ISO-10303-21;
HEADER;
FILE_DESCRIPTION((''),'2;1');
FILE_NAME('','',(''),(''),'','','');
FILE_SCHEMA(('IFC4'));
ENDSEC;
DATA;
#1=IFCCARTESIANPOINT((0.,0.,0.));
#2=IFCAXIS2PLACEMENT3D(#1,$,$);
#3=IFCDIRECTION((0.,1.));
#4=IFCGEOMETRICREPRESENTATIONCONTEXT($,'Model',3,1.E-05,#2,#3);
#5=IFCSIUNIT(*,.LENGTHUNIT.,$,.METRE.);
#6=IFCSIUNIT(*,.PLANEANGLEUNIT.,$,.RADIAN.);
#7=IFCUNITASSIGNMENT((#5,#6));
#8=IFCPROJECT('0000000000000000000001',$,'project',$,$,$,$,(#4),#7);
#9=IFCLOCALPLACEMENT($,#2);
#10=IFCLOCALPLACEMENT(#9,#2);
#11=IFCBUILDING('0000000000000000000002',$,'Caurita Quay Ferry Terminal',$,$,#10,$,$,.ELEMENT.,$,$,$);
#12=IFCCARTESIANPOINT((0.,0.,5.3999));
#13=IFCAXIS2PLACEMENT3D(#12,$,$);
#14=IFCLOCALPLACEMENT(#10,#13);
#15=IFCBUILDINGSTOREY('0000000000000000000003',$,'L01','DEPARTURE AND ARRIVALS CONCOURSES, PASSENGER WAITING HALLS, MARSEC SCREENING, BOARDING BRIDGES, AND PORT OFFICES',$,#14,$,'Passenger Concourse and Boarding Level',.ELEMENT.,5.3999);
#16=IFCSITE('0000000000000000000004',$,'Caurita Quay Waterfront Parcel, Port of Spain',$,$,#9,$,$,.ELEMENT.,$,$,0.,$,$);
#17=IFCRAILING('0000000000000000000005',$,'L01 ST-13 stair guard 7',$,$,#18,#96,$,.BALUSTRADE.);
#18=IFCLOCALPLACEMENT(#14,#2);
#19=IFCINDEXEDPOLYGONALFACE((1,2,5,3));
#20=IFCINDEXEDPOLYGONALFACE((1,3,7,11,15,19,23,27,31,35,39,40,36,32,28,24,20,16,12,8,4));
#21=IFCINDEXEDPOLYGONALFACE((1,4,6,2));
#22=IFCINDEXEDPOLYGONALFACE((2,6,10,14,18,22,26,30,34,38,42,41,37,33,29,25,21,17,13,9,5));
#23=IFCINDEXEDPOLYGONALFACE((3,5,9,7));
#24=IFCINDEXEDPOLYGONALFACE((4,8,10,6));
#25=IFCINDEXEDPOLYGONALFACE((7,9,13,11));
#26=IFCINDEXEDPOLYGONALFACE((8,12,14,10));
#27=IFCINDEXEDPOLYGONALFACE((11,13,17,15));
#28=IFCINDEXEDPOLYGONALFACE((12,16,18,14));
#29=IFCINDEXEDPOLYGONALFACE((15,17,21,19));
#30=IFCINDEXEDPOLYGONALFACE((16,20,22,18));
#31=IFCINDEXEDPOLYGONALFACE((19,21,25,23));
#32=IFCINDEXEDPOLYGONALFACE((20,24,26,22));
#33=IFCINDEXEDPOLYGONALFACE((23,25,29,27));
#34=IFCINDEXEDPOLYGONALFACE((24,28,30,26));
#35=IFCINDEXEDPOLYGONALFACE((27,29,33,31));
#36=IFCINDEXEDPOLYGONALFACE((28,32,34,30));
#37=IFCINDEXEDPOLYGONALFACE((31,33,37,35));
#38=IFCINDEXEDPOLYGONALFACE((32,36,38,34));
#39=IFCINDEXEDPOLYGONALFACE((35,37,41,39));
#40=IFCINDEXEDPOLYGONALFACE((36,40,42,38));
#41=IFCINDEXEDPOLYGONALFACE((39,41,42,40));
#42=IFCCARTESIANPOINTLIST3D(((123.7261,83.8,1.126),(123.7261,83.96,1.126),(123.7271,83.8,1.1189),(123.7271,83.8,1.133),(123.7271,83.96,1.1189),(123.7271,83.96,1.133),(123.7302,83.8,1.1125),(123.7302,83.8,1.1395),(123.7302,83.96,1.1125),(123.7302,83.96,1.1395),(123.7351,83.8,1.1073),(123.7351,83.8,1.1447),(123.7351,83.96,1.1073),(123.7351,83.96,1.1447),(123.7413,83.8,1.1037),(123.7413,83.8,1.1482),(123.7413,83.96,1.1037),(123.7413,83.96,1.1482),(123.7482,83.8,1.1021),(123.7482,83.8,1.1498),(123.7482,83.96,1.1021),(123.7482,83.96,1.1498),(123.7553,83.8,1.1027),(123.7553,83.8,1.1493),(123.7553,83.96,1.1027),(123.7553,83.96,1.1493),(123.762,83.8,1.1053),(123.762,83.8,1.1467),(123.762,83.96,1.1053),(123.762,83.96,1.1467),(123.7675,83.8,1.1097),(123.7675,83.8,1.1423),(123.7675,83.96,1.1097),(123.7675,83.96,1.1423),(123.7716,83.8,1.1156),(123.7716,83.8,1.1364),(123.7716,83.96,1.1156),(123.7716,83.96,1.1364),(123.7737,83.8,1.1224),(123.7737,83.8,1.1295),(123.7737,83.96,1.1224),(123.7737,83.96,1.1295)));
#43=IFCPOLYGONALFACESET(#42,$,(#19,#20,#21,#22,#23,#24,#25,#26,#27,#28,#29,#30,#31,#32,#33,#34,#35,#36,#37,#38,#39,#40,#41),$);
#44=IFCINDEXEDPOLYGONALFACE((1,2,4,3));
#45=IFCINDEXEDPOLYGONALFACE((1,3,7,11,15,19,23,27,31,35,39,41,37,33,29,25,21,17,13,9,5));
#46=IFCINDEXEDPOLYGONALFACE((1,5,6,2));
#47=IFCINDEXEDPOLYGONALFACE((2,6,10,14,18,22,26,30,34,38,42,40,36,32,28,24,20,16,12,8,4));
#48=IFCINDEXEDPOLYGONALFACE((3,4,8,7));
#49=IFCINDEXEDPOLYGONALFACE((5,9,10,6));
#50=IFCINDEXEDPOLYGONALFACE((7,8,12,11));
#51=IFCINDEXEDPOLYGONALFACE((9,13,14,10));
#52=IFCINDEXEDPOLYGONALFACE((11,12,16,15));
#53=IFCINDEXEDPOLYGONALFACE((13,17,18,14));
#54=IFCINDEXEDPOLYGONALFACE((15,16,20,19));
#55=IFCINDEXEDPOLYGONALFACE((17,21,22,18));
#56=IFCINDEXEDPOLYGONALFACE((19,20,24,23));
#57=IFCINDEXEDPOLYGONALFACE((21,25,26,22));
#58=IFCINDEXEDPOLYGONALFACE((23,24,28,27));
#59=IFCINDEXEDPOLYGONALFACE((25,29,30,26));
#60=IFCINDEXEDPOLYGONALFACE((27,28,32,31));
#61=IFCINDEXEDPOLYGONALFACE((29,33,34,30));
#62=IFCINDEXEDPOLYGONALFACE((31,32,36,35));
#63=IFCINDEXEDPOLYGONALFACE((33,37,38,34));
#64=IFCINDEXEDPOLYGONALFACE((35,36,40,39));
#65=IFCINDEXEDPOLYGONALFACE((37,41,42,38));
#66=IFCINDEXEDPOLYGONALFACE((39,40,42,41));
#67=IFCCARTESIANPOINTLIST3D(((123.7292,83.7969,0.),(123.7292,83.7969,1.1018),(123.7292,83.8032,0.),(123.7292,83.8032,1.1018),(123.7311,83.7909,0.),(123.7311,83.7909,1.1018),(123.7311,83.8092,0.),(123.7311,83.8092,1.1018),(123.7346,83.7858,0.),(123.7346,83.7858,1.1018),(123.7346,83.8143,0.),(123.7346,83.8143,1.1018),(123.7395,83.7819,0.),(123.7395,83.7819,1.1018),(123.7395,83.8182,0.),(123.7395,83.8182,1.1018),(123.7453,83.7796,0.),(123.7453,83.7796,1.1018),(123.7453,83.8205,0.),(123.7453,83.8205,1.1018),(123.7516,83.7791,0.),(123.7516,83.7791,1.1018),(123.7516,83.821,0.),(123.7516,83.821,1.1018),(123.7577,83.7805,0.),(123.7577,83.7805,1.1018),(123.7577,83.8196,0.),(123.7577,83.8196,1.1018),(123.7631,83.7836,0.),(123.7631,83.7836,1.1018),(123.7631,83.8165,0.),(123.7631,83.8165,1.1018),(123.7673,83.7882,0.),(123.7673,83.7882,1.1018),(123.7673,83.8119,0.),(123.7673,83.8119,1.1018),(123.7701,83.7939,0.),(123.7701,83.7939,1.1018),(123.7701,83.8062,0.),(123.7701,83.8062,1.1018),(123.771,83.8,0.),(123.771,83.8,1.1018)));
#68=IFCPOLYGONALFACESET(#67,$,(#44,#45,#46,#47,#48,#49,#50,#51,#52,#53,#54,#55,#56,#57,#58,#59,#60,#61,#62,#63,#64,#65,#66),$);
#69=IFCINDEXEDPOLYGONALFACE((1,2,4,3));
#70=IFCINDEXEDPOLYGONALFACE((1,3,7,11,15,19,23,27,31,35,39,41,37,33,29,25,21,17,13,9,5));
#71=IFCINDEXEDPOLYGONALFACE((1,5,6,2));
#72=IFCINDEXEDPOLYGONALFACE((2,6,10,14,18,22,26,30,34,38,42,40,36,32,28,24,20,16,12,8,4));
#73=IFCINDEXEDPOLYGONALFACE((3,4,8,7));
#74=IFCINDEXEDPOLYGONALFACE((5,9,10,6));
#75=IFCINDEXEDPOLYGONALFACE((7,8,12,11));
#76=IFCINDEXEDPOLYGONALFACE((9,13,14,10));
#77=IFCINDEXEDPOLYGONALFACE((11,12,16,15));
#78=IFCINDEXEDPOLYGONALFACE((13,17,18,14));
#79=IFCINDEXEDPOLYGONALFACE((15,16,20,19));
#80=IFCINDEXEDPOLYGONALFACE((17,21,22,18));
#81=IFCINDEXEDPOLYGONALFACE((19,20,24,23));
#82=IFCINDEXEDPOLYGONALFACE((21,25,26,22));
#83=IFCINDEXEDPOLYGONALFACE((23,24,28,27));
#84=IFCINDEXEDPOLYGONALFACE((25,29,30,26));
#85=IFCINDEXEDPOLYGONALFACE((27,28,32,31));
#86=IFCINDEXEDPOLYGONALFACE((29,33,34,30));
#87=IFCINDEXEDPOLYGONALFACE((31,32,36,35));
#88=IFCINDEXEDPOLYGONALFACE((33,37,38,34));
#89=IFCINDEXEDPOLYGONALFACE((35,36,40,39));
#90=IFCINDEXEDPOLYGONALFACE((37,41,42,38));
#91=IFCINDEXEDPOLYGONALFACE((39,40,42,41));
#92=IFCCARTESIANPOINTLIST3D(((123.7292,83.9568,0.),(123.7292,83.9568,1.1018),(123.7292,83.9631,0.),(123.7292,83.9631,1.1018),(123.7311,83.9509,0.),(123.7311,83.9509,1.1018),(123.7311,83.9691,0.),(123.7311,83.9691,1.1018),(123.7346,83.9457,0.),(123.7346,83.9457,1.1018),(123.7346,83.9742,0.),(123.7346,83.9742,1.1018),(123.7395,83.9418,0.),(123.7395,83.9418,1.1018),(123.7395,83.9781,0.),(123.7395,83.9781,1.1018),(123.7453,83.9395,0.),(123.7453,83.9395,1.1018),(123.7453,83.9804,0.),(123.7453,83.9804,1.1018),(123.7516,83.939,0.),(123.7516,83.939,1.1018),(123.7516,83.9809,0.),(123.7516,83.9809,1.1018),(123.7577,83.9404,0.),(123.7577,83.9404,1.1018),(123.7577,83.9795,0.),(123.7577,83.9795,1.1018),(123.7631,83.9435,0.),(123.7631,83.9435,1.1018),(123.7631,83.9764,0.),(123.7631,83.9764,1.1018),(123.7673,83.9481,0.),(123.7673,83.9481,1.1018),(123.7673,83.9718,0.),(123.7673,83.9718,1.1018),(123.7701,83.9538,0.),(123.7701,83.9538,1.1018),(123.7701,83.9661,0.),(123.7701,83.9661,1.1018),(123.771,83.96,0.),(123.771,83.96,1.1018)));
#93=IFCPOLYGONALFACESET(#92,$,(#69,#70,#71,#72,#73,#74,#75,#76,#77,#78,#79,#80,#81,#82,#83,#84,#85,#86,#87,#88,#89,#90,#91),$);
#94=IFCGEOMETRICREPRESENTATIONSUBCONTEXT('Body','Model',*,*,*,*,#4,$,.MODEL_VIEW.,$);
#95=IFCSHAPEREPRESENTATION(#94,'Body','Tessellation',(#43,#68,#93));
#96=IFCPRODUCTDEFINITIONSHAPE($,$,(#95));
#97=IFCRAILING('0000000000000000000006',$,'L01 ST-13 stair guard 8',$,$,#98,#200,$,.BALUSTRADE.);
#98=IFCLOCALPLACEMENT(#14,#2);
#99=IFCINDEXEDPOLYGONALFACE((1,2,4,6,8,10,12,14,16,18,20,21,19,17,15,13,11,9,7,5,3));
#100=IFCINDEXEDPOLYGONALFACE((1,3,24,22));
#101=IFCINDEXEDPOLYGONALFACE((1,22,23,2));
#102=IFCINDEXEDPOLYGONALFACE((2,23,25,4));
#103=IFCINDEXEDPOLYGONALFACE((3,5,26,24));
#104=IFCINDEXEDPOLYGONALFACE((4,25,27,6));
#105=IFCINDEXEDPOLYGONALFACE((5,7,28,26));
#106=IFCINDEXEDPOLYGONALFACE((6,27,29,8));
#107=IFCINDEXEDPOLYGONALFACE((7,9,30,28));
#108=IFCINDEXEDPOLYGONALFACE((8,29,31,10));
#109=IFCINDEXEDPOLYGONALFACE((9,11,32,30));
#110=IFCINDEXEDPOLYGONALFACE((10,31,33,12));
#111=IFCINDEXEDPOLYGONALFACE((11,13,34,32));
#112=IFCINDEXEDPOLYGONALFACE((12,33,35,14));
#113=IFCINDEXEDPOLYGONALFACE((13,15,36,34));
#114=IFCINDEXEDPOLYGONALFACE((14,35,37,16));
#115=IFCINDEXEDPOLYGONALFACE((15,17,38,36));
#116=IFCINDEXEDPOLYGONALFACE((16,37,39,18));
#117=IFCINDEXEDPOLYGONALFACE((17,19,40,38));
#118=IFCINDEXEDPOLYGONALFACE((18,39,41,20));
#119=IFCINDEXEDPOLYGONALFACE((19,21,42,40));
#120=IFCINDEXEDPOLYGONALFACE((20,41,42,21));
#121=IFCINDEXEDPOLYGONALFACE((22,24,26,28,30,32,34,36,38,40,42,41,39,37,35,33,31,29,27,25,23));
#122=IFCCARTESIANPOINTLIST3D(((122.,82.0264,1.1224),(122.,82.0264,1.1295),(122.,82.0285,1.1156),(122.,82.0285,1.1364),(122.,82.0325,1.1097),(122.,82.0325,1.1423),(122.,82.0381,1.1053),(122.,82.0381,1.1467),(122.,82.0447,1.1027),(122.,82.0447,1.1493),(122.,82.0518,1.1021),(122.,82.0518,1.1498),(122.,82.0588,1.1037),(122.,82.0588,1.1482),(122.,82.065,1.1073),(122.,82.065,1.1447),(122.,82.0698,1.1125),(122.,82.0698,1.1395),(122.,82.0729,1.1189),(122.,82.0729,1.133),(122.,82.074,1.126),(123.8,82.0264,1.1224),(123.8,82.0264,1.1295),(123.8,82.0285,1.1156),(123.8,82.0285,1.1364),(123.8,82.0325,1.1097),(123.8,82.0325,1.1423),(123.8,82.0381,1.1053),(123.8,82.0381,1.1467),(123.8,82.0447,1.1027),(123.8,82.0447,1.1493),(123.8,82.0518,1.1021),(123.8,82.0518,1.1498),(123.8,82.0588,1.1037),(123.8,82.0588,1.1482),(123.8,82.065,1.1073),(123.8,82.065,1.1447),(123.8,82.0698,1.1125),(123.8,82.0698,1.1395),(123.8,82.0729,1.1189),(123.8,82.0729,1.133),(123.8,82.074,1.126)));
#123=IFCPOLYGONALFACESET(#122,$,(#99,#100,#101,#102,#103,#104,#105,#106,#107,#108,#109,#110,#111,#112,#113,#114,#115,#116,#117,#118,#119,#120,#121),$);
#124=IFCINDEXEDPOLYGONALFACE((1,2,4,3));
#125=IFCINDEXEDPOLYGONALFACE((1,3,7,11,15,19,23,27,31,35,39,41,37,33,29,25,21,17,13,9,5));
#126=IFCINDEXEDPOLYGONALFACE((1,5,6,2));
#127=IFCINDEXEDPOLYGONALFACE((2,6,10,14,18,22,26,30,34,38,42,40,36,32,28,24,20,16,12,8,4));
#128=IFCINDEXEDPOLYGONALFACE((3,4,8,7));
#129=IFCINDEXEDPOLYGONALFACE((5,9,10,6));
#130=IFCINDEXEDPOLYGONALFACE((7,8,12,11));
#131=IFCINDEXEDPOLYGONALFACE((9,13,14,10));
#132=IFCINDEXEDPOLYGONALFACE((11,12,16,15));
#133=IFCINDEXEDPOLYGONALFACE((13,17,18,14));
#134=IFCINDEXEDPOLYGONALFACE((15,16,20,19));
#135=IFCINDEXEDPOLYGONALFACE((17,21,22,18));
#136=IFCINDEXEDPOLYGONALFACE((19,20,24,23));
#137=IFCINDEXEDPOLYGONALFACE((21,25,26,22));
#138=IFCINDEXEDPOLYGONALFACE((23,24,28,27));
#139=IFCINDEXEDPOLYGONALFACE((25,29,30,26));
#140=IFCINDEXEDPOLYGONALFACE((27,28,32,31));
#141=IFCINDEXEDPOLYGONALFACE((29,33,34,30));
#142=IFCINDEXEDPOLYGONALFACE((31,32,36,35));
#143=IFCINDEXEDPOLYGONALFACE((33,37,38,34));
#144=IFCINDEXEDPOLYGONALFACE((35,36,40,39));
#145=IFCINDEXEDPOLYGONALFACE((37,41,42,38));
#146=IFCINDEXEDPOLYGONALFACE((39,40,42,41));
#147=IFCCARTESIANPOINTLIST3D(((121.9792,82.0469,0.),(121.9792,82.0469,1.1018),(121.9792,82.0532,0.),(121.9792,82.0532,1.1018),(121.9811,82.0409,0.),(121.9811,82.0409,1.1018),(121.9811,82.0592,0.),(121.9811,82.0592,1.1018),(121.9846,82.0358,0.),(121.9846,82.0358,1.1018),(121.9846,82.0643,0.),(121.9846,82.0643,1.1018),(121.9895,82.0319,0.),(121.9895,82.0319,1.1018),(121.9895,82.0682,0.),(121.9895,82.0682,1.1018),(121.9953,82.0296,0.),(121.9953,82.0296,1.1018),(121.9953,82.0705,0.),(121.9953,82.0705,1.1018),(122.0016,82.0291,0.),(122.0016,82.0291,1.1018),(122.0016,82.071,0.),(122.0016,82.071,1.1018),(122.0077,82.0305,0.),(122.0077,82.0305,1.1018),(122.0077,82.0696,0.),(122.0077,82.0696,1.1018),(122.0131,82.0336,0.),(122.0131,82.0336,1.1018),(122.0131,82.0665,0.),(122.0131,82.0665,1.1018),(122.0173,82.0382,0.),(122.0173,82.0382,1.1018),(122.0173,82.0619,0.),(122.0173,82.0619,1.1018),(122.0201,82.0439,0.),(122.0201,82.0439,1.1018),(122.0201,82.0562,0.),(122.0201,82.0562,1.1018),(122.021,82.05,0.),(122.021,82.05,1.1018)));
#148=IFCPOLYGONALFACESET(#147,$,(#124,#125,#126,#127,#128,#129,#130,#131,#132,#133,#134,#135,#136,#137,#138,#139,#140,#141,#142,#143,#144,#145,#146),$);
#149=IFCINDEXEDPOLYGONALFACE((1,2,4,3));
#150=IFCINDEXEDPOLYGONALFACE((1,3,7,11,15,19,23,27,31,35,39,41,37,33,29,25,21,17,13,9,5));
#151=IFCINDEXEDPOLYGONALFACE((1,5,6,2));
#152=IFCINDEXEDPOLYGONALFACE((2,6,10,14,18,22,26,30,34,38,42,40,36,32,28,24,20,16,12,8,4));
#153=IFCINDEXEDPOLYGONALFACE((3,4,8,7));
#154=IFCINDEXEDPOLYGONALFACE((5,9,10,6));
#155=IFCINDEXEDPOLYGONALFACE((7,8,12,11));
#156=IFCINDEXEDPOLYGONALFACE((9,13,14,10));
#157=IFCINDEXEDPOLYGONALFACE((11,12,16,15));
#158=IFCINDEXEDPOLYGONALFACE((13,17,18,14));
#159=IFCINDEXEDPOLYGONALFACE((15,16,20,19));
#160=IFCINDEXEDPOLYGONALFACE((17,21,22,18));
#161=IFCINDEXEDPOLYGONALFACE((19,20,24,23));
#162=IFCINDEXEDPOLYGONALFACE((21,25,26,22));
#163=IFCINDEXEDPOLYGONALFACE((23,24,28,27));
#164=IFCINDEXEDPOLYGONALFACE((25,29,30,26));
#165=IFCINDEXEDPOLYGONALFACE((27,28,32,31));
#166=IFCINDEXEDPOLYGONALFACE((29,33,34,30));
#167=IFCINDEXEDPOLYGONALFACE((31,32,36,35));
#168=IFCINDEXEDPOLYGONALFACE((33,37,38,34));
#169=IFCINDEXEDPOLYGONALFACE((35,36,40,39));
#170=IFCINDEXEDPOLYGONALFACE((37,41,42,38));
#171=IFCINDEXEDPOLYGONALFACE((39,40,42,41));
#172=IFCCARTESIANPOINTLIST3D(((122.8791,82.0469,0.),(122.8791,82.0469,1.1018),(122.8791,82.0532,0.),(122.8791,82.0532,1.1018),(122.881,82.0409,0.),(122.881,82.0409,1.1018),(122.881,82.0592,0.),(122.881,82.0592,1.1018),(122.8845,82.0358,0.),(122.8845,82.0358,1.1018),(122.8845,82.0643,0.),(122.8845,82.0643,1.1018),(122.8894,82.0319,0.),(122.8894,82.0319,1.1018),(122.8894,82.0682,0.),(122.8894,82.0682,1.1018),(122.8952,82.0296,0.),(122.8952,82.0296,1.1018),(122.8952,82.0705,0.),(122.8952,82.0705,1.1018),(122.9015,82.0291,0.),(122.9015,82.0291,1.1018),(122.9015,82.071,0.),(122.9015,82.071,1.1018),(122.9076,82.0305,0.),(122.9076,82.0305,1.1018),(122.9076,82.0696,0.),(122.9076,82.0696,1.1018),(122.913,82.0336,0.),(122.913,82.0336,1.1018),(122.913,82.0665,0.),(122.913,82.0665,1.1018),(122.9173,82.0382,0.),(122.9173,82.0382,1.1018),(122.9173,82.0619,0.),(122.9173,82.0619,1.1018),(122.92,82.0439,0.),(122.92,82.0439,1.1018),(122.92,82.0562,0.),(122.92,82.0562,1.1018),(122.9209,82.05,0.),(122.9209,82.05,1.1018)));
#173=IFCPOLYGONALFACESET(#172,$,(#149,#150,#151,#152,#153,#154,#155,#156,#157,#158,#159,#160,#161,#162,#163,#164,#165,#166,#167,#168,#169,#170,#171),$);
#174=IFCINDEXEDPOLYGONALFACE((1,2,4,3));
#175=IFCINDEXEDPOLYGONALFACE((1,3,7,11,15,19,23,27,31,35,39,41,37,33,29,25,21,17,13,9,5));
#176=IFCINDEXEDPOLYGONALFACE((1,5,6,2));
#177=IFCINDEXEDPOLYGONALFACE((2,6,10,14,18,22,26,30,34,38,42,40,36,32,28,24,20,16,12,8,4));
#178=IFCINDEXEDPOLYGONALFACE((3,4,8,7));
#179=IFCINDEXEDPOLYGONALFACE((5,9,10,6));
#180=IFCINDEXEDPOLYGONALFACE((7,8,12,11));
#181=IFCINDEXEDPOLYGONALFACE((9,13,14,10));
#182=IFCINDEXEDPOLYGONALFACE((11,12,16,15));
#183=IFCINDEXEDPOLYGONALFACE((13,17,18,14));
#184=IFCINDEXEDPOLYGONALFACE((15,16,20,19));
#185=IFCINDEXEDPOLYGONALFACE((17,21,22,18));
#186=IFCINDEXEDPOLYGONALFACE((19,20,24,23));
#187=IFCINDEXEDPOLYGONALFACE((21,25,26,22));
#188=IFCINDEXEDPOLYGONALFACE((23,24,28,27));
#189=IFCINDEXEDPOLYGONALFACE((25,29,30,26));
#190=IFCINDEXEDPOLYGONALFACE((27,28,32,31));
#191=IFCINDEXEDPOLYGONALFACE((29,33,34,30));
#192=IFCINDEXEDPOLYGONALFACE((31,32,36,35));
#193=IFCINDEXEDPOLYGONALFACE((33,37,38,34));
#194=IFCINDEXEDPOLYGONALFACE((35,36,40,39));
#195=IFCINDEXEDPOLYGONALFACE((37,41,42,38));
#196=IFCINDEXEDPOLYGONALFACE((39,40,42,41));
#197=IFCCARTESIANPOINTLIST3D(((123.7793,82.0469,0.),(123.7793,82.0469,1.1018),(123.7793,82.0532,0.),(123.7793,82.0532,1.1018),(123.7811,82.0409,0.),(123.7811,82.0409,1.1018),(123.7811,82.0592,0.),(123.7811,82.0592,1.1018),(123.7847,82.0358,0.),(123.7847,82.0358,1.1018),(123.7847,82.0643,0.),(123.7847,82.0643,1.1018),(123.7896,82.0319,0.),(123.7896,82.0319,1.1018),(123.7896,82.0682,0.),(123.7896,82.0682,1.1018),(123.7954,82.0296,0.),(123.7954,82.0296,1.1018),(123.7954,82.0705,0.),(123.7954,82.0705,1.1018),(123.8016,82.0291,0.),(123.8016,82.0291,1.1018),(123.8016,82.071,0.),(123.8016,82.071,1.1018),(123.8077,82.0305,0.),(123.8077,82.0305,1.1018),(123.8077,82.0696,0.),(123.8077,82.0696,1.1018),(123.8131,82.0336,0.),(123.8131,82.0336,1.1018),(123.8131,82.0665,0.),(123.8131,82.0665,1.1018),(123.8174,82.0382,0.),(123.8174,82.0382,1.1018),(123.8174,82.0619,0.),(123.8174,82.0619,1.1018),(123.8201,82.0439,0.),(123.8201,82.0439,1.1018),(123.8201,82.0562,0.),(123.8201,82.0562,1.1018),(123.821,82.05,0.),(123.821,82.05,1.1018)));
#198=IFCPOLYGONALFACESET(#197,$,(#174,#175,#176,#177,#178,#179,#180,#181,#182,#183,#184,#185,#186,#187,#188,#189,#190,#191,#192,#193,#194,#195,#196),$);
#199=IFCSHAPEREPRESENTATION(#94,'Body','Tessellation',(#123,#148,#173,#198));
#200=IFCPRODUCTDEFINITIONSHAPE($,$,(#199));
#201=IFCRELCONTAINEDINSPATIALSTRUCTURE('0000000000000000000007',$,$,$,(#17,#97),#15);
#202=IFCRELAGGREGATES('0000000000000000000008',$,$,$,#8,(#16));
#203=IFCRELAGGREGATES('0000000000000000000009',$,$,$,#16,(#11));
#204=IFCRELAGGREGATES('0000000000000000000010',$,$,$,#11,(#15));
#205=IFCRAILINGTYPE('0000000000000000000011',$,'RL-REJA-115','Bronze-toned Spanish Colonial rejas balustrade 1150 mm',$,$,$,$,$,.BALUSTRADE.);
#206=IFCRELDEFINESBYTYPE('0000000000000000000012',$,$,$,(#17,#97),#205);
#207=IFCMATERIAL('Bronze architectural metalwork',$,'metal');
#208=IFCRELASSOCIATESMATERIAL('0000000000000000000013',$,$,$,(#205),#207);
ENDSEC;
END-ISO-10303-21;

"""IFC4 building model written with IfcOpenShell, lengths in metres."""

from ifc_helpers import new_model, si_unit, direction, frame, origin, origin_2d, place, context, subcontext, project, spatial, circle, extrude, material, type_object, element, save


model = new_model("IFC4")

# Units and contexts
model_context = context("Model", 3, precision=1e-05, world=origin(), true_north=direction((0.0, 1.0)))
body_context = subcontext(model_context, "Body", "Model", "MODEL_VIEW")
ifc_project = project(units=[si_unit("LENGTHUNIT", "METRE"), si_unit("PLANEANGLEUNIT", "RADIAN")], contexts=[model_context])

# Site, building, storey
site_placement = place(None, origin())
site = spatial("IfcSite", under=ifc_project, at=site_placement, Name="Caurita Quay Waterfront Parcel, Port of Spain", CompositionType="ELEMENT", RefElevation=0.0)
building_placement = place(site_placement, origin())
building = spatial("IfcBuilding", under=site, at=building_placement, Name="Caurita Quay Ferry Terminal", CompositionType="ELEMENT")
storey_placement = place(building_placement, frame((0.0, 0.0, 5.3999)))
storey = spatial("IfcBuildingStorey", under=building, at=storey_placement, Name="L01", Description="DEPARTURE AND ARRIVALS CONCOURSES, PASSENGER WAITING HALLS, MARSEC SCREENING, BOARDING BRIDGES, AND PORT OFFICES", LongName="Passenger Concourse and Boarding Level", CompositionType="ELEMENT", Elevation=5.3999)

# Railings
ifc_material_1 = material(Name="Bronze architectural metalwork", Category="metal")
railing_type_1 = type_object("IfcRailingType", Name="RL-REJA-115", Description="Bronze-toned Spanish Colonial rejas balustrade 1150 mm", PredefinedType="BALUSTRADE", material=ifc_material_1)
railing_1_placement = place(storey_placement, frame((123.75, 83.8, 0.0)))
element("IfcRailing", 1, at=railing_1_placement, inside=storey, type_object=railing_type_1, Name="L01 ST-13 stair guard 7", PredefinedType="BALUSTRADE", context=body_context, shape_type="SweptSolid", body=[
    extrude(circle(Radius=0.0239, at=origin_2d()), frame((0.0, 0.0, 1.126), z_axis=(0.0, 1.0, 0.0), x_axis=(-1.0, 0.0, 0.0)), (0.0, 0.0, 1.0), 0.1599),
    extrude(circle(Radius=0.021, at=origin_2d()), origin(), (0.0, 0.0, 1.0), 1.1018),
    extrude(circle(Radius=0.021, at=origin_2d()), frame((0.0, 0.1599, 0.0)), (0.0, 0.0, 1.0), 1.1018),
])
for number, where, name in (
    (2, (122.0, 82.05, 0.0), "L01 ST-13 stair guard 8"),
):
    element("IfcRailing", number, at=place(storey_placement, frame(where)), inside=storey, type_object=railing_type_1, Name=name, PredefinedType="BALUSTRADE", context=body_context, shape_type="SweptSolid", body=[
        extrude(circle(Radius=0.0239, at=origin_2d()), frame((0.0, 0.0, 1.126), z_axis=(1.0, 0.0, 0.0), x_axis=(0.0, 1.0, 0.0)), (0.0, 0.0, 1.0), 1.8),
        extrude(circle(Radius=0.021, at=origin_2d()), origin(), (0.0, 0.0, 1.0), 1.1018),
        extrude(circle(Radius=0.021, at=origin_2d()), frame((0.8999, 0.0, 0.0)), (0.0, 0.0, 1.0), 1.1018),
        extrude(circle(Radius=0.021, at=origin_2d()), frame((1.8, 0.0, 0.0)), (0.0, 0.0, 1.0), 1.1018),
    ])

save(model, "model.ifc")
